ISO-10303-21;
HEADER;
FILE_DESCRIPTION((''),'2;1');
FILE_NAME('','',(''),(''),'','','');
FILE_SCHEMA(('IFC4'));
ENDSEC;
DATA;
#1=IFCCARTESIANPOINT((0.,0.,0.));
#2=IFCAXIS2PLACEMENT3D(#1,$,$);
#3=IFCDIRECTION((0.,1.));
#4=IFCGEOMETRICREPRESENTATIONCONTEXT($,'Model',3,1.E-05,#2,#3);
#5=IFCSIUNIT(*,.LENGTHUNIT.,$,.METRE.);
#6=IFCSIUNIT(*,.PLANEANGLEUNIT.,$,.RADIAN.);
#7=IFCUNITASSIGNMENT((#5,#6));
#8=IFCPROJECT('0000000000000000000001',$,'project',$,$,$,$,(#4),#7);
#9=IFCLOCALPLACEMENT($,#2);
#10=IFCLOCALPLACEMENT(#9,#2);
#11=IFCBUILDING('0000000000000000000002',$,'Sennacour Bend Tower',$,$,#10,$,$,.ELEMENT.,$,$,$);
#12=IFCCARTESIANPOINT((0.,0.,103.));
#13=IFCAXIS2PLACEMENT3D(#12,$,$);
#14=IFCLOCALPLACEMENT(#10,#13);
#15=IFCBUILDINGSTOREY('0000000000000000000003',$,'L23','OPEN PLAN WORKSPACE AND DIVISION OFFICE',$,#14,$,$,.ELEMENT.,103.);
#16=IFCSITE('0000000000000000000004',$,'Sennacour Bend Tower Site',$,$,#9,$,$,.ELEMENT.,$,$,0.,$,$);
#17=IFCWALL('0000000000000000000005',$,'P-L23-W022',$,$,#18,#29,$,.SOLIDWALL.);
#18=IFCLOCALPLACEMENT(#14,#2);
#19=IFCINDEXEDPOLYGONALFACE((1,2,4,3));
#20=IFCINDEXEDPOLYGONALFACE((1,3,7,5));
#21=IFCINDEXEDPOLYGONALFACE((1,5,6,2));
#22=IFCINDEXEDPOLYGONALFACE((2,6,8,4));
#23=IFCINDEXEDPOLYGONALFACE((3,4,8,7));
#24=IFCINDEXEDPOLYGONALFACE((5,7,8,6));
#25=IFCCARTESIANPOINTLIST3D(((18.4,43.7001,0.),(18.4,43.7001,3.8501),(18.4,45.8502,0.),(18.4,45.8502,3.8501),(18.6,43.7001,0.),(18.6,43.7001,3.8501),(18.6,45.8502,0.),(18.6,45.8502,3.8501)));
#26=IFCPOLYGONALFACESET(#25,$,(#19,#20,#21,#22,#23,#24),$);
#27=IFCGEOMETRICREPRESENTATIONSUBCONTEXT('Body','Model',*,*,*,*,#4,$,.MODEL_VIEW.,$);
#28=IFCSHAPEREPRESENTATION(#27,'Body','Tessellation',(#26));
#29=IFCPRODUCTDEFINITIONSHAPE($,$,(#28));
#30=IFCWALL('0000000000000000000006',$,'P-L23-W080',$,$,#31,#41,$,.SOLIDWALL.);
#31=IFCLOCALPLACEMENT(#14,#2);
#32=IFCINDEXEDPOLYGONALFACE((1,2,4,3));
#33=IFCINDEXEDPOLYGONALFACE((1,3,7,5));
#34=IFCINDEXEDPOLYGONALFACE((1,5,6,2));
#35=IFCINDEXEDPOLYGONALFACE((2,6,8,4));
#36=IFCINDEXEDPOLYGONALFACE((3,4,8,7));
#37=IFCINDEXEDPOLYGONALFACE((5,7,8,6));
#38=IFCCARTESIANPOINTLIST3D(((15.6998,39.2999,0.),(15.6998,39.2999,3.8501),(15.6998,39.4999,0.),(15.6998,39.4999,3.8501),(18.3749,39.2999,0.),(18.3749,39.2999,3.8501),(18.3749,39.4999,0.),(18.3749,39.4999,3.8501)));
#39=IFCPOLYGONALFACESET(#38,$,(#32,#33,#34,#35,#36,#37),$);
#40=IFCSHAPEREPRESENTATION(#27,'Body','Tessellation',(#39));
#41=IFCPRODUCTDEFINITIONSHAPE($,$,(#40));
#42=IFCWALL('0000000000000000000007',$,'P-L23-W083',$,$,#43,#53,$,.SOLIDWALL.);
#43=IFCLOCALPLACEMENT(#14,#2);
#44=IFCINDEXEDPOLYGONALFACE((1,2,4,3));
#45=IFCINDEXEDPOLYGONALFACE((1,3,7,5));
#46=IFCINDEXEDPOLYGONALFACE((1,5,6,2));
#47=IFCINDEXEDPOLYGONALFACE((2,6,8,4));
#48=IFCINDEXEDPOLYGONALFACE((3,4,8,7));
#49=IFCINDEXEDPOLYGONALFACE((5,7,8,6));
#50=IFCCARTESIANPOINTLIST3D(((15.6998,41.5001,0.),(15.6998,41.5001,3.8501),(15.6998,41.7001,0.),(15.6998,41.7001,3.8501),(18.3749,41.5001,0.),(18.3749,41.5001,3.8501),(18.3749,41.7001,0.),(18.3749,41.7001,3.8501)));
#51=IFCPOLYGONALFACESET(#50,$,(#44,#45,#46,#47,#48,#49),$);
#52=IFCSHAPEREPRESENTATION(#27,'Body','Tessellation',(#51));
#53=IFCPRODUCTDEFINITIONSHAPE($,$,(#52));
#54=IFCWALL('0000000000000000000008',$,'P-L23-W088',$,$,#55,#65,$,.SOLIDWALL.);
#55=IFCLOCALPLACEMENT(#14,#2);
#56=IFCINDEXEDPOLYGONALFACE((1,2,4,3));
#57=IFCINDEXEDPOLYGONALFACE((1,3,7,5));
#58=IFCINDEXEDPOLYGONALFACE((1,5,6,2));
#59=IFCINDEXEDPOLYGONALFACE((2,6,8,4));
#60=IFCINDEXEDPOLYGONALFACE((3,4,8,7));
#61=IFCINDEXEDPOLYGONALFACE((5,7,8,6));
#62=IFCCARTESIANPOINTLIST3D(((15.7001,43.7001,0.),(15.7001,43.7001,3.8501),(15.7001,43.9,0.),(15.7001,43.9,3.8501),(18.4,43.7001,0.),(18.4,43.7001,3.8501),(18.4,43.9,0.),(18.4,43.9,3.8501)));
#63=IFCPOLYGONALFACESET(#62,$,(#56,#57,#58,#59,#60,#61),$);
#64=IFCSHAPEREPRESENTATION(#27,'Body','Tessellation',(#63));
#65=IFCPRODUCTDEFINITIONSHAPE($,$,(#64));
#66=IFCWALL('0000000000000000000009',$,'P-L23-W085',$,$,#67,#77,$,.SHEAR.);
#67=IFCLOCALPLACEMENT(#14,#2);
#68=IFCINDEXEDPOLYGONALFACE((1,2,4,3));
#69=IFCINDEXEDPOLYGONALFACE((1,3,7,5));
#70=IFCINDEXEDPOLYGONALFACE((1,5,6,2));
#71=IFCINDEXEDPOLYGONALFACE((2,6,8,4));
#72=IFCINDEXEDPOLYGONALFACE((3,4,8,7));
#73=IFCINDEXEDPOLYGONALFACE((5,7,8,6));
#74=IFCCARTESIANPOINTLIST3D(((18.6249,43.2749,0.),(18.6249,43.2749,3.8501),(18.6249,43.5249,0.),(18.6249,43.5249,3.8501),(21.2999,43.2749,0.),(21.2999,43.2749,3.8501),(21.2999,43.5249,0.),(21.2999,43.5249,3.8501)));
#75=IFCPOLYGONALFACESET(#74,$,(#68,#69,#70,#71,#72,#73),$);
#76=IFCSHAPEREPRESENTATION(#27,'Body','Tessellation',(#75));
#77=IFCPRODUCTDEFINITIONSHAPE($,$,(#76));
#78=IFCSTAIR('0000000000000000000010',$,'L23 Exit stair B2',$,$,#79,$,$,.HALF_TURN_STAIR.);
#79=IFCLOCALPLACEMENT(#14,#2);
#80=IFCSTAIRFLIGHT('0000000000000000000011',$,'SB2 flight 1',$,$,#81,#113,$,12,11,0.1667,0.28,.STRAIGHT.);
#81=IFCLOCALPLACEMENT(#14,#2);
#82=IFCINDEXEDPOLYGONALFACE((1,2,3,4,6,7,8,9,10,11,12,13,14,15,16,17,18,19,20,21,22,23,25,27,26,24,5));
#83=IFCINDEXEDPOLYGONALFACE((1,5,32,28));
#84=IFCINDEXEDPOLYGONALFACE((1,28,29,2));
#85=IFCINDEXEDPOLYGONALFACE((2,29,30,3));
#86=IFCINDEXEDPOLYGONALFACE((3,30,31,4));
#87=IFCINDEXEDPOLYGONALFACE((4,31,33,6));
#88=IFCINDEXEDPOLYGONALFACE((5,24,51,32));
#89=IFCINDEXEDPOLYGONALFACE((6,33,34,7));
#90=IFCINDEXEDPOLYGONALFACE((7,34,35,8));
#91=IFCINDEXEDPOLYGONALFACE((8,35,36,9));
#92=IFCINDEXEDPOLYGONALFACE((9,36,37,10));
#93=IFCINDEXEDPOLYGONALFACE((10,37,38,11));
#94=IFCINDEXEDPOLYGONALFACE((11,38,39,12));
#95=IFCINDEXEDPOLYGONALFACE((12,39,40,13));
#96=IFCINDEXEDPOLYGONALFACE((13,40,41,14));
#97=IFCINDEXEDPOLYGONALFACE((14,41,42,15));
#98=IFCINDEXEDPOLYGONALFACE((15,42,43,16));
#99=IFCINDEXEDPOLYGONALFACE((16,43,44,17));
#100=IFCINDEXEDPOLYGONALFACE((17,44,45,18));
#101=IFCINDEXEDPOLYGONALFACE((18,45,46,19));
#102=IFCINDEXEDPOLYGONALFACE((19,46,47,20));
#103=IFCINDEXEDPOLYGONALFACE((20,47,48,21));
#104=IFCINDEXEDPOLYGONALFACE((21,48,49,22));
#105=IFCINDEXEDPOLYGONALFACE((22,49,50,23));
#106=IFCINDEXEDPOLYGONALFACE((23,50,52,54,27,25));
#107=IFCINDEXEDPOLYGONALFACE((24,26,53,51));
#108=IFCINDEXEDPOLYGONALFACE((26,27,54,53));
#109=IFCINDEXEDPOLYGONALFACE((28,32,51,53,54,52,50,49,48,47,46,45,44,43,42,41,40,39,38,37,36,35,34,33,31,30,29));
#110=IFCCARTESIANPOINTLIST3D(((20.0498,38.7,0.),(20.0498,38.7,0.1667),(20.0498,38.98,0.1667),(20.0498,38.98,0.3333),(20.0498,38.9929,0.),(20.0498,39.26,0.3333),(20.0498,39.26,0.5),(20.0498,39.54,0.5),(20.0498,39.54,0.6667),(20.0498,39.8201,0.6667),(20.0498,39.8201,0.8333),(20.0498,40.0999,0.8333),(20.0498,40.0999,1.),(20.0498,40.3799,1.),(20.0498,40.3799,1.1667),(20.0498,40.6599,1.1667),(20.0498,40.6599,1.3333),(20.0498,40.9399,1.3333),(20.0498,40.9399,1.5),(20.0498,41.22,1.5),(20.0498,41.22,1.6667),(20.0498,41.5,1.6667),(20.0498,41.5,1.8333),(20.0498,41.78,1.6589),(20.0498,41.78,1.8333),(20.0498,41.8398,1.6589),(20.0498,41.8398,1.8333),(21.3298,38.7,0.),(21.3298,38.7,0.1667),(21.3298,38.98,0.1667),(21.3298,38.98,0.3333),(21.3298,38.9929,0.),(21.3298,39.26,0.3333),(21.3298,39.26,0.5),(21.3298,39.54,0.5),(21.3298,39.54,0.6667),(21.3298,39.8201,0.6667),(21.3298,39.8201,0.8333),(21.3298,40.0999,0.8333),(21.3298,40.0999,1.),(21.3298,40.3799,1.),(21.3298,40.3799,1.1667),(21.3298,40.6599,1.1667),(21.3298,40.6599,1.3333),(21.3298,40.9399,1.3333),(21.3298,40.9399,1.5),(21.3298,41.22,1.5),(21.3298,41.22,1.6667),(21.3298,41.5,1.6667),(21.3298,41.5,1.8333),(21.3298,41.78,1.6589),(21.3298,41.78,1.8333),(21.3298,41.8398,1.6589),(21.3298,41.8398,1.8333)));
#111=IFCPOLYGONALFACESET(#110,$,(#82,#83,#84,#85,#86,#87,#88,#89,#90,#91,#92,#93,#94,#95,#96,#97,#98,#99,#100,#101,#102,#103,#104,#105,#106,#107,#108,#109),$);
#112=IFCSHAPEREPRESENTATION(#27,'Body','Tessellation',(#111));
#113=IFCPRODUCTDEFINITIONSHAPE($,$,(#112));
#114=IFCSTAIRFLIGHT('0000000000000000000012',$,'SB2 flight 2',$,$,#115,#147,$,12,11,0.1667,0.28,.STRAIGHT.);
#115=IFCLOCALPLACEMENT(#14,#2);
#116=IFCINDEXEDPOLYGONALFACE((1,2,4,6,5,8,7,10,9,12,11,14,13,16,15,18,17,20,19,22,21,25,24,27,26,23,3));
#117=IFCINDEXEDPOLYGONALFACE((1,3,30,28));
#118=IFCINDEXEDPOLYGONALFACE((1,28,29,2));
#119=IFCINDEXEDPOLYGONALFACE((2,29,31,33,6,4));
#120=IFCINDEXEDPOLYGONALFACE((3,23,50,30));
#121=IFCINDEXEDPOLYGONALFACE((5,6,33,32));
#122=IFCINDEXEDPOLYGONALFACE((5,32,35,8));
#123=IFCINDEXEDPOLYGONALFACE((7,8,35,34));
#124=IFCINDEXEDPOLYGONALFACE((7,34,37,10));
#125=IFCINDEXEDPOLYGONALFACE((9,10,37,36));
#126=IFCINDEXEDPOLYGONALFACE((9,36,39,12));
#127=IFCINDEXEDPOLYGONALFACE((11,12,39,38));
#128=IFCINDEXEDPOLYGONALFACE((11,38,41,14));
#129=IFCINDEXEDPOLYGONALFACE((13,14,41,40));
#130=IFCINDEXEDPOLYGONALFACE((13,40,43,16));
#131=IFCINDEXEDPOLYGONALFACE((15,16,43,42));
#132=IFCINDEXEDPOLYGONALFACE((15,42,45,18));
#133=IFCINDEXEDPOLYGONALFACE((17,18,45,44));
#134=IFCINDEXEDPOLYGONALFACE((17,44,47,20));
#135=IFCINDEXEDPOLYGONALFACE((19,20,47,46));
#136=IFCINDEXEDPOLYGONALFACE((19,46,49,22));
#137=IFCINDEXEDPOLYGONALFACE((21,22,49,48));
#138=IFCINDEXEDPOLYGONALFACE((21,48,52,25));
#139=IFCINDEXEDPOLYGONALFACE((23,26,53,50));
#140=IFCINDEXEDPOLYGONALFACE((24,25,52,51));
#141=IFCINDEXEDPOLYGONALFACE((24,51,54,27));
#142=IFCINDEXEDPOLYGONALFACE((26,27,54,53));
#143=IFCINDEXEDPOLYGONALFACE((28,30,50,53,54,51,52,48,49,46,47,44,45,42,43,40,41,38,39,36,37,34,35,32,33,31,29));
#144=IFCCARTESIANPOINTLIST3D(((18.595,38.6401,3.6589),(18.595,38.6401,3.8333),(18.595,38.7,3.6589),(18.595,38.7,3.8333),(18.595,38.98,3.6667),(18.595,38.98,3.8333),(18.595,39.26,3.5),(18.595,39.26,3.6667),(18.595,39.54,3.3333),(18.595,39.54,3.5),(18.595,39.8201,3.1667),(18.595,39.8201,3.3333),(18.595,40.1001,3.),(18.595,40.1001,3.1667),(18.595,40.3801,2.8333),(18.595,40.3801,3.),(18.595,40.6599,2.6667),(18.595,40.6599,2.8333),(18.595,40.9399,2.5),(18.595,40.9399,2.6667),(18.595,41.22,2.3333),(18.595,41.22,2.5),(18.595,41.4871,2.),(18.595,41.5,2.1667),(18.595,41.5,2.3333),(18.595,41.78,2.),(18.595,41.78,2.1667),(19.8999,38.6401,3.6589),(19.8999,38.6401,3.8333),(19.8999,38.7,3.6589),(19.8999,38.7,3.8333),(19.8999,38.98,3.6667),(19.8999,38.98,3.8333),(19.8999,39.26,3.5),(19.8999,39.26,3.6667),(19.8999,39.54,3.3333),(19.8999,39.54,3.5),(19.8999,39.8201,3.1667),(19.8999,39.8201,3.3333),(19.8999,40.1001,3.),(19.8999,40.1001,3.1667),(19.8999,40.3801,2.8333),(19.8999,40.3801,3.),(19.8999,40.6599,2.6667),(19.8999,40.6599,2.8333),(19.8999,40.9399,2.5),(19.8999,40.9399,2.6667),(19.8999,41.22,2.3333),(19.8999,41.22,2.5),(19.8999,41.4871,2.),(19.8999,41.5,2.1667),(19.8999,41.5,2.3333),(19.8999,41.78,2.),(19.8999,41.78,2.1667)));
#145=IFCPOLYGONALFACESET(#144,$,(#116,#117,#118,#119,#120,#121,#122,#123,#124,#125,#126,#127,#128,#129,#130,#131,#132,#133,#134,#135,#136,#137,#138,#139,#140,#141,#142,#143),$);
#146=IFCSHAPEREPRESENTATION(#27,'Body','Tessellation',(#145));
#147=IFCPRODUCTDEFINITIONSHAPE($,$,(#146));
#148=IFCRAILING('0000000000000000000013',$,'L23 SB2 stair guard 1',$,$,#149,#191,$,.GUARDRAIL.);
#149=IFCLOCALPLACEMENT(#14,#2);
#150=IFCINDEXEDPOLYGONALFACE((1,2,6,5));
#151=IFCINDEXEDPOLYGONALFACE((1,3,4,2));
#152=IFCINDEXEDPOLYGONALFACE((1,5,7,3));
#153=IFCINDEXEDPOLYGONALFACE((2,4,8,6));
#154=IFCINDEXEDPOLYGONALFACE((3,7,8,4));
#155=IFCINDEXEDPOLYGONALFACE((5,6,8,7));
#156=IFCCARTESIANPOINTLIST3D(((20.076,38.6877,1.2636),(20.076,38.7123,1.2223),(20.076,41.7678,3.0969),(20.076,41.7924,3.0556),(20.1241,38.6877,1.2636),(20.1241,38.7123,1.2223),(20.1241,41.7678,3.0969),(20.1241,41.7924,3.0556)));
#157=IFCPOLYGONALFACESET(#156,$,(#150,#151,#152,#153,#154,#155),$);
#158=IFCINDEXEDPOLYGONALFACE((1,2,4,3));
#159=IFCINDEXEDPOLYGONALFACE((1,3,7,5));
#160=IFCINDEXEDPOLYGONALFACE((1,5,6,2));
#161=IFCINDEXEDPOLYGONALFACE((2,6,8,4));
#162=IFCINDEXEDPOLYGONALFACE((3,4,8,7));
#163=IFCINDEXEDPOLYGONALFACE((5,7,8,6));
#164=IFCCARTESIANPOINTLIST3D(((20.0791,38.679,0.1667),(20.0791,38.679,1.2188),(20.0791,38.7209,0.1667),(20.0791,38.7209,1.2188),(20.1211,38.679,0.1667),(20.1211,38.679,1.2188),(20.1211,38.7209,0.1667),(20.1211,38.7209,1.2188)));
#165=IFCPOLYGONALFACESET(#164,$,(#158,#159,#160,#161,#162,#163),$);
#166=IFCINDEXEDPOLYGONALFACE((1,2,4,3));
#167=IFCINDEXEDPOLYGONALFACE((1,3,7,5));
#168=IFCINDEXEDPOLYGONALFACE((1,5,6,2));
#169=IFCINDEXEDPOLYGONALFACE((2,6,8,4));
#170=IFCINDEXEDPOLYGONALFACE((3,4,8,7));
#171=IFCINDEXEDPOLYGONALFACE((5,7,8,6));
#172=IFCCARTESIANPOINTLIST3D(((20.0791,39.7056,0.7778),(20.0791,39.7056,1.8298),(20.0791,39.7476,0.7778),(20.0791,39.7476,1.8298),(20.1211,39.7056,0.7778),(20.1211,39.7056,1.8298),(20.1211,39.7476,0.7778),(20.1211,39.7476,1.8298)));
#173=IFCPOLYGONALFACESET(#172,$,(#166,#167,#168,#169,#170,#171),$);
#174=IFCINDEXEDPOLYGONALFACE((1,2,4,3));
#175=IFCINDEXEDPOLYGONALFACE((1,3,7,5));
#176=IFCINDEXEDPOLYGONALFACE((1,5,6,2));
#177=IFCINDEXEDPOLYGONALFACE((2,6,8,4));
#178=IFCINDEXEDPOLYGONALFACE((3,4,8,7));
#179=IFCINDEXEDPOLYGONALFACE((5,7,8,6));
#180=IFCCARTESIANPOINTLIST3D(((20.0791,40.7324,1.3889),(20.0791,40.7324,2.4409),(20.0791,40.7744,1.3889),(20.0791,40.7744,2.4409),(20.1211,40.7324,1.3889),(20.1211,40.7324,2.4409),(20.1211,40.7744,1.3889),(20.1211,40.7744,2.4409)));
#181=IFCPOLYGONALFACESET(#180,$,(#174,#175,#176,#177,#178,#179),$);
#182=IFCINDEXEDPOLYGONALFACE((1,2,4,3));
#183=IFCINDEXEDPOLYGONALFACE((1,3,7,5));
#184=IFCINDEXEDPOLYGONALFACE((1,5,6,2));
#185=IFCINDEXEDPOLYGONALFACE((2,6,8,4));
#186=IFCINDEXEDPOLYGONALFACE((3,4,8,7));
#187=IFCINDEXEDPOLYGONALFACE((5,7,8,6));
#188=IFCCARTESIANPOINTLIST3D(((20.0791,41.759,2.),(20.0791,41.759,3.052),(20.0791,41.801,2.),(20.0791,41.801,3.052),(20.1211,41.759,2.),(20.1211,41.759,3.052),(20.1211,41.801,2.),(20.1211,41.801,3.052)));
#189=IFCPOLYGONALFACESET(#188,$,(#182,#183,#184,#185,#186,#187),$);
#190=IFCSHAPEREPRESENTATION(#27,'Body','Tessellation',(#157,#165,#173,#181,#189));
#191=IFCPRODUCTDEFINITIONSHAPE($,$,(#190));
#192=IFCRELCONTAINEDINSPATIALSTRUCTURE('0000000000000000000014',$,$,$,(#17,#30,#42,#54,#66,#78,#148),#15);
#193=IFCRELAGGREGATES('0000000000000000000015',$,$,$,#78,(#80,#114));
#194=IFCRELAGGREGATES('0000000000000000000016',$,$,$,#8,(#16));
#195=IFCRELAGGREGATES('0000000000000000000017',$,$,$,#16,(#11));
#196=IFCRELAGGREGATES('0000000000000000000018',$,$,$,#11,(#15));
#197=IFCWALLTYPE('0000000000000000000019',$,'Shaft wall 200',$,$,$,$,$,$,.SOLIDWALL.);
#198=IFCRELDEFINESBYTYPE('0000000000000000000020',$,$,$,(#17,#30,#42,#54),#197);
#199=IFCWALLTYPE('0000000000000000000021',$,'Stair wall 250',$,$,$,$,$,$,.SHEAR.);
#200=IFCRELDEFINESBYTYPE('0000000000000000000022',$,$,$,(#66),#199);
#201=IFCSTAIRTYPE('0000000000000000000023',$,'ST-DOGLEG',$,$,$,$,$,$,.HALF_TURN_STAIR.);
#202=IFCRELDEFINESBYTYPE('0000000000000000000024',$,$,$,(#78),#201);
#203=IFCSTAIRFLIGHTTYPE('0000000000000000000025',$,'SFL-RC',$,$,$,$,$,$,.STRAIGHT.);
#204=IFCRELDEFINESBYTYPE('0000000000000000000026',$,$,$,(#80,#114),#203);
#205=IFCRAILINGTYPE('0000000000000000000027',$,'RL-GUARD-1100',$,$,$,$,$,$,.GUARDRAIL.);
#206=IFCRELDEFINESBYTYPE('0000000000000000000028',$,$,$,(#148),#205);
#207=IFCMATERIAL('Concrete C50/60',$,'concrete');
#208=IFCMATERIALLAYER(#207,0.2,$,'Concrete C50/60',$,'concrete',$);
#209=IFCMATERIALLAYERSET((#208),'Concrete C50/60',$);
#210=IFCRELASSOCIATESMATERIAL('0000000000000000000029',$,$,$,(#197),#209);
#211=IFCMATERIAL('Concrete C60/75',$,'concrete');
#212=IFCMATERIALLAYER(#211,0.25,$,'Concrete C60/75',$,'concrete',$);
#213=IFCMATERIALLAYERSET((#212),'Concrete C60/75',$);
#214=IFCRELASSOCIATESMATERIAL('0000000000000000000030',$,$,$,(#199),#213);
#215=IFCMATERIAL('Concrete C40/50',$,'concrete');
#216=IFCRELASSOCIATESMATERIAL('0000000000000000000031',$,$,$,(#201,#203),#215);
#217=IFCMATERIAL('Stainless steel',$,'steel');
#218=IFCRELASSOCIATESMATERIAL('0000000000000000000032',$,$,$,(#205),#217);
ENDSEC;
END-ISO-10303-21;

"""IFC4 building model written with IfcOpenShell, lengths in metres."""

from ifc_helpers import new_model, si_unit, direction, frame, frame_2d, origin, origin_2d, place, context, subcontext, project, spatial, polyline, rectangle, outline, extrude, material, layer, layer_set, type_object, element, aggregate, save


model = new_model("IFC4")

# Units and contexts
model_context = context("Model", 3, precision=1e-05, world=origin(), true_north=direction((0.0, 1.0)))
body_context = subcontext(model_context, "Body", "Model", "MODEL_VIEW")
ifc_project = project(units=[si_unit("LENGTHUNIT", "METRE"), si_unit("PLANEANGLEUNIT", "RADIAN")], contexts=[model_context])

# Site, building, storey
site_placement = place(None, origin())
site = spatial("IfcSite", under=ifc_project, at=site_placement, Name="Sennacour Bend Tower Site", CompositionType="ELEMENT", RefElevation=0.0)
building_placement = place(site_placement, origin())
building = spatial("IfcBuilding", under=site, at=building_placement, Name="Sennacour Bend Tower", CompositionType="ELEMENT")
storey_placement = place(building_placement, frame((0.0, 0.0, 103.0)))
storey = spatial("IfcBuildingStorey", under=building, at=storey_placement, Name="L23", Description="OPEN PLAN WORKSPACE AND DIVISION OFFICE", CompositionType="ELEMENT", Elevation=103.0)

# Shared definitions
ifc_material_1 = material(Name="Concrete C50/60", Category="concrete")
ifc_layer_1 = layer(ifc_material_1, 0.2, Name="Concrete C50/60", Category="concrete")
ifc_layer_set_1 = layer_set([ifc_layer_1], Name="Concrete C50/60")
wall_type_1 = type_object("IfcWallType", Name="Shaft wall 200", PredefinedType="SOLIDWALL", material=ifc_layer_set_1)
ifc_material_2 = material(Name="Stainless steel", Category="steel")

# Walls
wall_1_placement = place(storey_placement, frame((18.5, 43.7, 0.0), z_axis=(0.0, 0.0, 1.0), x_axis=(0.0, 1.0, 0.0)))
element("IfcWall", 1, at=wall_1_placement, inside=storey, type_object=wall_type_1, Name="P-L23-W022", PredefinedType="SOLIDWALL", context=body_context, shape_type="SweptSolid", body=[
    extrude(rectangle(XDim=2.1501, YDim=0.2, at=frame_2d((1.0752, 0.0))), origin(), (0.0, 0.0, 1.0), 3.8501),
])
for number, where, z_axis, x_axis, name in (
    (2, (15.7, 39.3999, 0.0), (0.0, 0.0, 1.0), (1.0, 0.0, 0.0), "P-L23-W080"),
    (3, (15.7, 41.6001, 0.0), (0.0, 0.0, 1.0), (1.0, 0.0, 0.0), "P-L23-W083"),
):
    element("IfcWall", number, at=place(storey_placement, frame(where, z_axis=z_axis, x_axis=x_axis)), inside=storey, type_object=wall_type_1, Name=name, PredefinedType="SOLIDWALL", context=body_context, shape_type="SweptSolid", body=[
        extrude(rectangle(XDim=2.675, YDim=0.2, at=frame_2d((1.3374, 0.0))), origin(), (0.0, 0.0, 1.0), 3.8501),
    ])
wall_2_placement = place(storey_placement, frame((15.7, 43.8, 0.0), z_axis=(0.0, 0.0, 1.0), x_axis=(1.0, 0.0, 0.0)))
element("IfcWall", 4, at=wall_2_placement, inside=storey, type_object=wall_type_1, Name="P-L23-W088", PredefinedType="SOLIDWALL", context=body_context, shape_type="SweptSolid", body=[
    extrude(rectangle(XDim=2.7, YDim=0.2, at=frame_2d((1.3501, 0.0))), origin(), (0.0, 0.0, 1.0), 3.8501),
])
ifc_material_3 = material(Name="Concrete C60/75", Category="concrete")
ifc_layer_2 = layer(ifc_material_3, 0.25, Name="Concrete C60/75", Category="concrete")
ifc_layer_set_2 = layer_set([ifc_layer_2], Name="Concrete C60/75")
wall_type_2 = type_object("IfcWallType", Name="Stair wall 250", PredefinedType="SHEAR", material=ifc_layer_set_2)
wall_3_placement = place(storey_placement, frame((18.625, 43.3999, 0.0), z_axis=(0.0, 0.0, 1.0), x_axis=(1.0, 0.0, 0.0)))
element("IfcWall", 5, at=wall_3_placement, inside=storey, type_object=wall_type_2, Name="P-L23-W085", PredefinedType="SHEAR", context=body_context, shape_type="SweptSolid", body=[
    extrude(rectangle(XDim=2.675, YDim=0.25, at=frame_2d((1.3374, 0.0))), origin(), (0.0, 0.0, 1.0), 3.8501),
])

# Stair, stair flights
ifc_material_4 = material(Name="Concrete C40/50", Category="concrete")
stair_type = type_object("IfcStairType", Name="ST-DOGLEG", PredefinedType="HALF_TURN_STAIR", material=ifc_material_4)
stair_placement = place(storey_placement, origin())
stair = element("IfcStair", 6, at=stair_placement, inside=storey, type_object=stair_type, Name="L23 Exit stair B2", PredefinedType="HALF_TURN_STAIR")
stair_flight_type = type_object("IfcStairFlightType", Name="SFL-RC", PredefinedType="STRAIGHT", material=ifc_material_4)
stair_flight_1_placement = place(storey_placement, frame((20.6899, 38.7, 0.0), z_axis=(0.0, 0.0, 1.0), x_axis=(0.0, 1.0, 0.0)))
stair_flight_1 = element("IfcStairFlight", 7, at=stair_flight_1_placement, type_object=stair_flight_type, Name="SB2 flight 1", NumberOfRisers=12, NumberOfTreads=11, PredefinedType="STRAIGHT", RiserHeight=0.1667, TreadLength=0.28, context=body_context, shape_type="SweptSolid", body=[
    extrude(outline(polyline([(0.0, 0.0), (0.0, 0.1667), (0.28, 0.1667), (0.28, 0.3333), (0.5601, 0.3333), (0.5601, 0.5), (0.8401, 0.5), (0.8401, 0.6667), (1.1201, 0.6667), (1.1201, 0.8333), (1.3999, 0.8333), (1.3999, 1.0), (1.6799, 1.0), (1.6799, 1.1667), (1.96, 1.1667), (1.96, 1.3333), (2.24, 1.3333), (2.24, 1.5), (2.52, 1.5), (2.52, 1.6667), (2.8, 1.6667), (2.8, 1.8333), (3.0801, 1.8333), (3.1399, 1.8333), (3.1399, 1.6589), (3.0801, 1.6589), (0.293, 0.0), (0.0, 0.0)])), frame((0.0, 0.6401, 0.0), z_axis=(0.0, -1.0, 0.0), x_axis=(1.0, 0.0, 0.0)), (0.0, 0.0, 1.0), 1.28),
])
stair_flight_2_placement = place(storey_placement, frame((19.2476, 41.78, 2.0), z_axis=(0.0, 0.0, 1.0), x_axis=(0.0, -1.0, 0.0)))
stair_flight_2 = element("IfcStairFlight", 8, at=stair_flight_2_placement, type_object=stair_flight_type, Name="SB2 flight 2", NumberOfRisers=12, NumberOfTreads=11, PredefinedType="STRAIGHT", RiserHeight=0.1667, TreadLength=0.28, context=body_context, shape_type="SweptSolid", body=[
    extrude(outline(polyline([(0.0, 0.0), (0.0, 0.1667), (0.28, 0.1667), (0.28, 0.3333), (0.5601, 0.3333), (0.5601, 0.5), (0.8401, 0.5), (0.8401, 0.6667), (1.1201, 0.6667), (1.1201, 0.8333), (1.3999, 0.8333), (1.3999, 1.0), (1.6799, 1.0), (1.6799, 1.1667), (1.96, 1.1667), (1.96, 1.3333), (2.24, 1.3333), (2.24, 1.5), (2.52, 1.5), (2.52, 1.6667), (2.8, 1.6667), (2.8, 1.8333), (3.0801, 1.8333), (3.1399, 1.8333), (3.1399, 1.6589), (3.0801, 1.6589), (0.293, 0.0), (0.0, 0.0)])), frame((0.0, 0.6523, 0.0), z_axis=(0.0, -1.0, 0.0), x_axis=(1.0, 0.0, 0.0)), (0.0, 0.0, 1.0), 1.3049),
])
aggregate(stair, [stair_flight_1, stair_flight_2])

# Railing
railing_type_1 = type_object("IfcRailingType", Name="RL-GUARD-1100", PredefinedType="GUARDRAIL", material=ifc_material_2)
railing_1_placement = place(storey_placement, frame((20.1001, 38.7, 0.1667)))
element("IfcRailing", 9, at=railing_1_placement, inside=storey, type_object=railing_type_1, Name="L23 SB2 stair guard 1", PredefinedType="GUARDRAIL", context=body_context, shape_type="SweptSolid", body=[
    extrude(rectangle(XDim=0.0481, YDim=0.0481, at=origin_2d()), frame((0.0, 0.0, 1.0762), z_axis=(0.0, 0.859309, 0.511458), x_axis=(-1.0, 0.0, 0.0)), (0.0, 0.0, 1.0), 3.5845),
    extrude(rectangle(XDim=0.042, YDim=0.042, at=origin_2d()), origin(), (0.0, 0.0, 1.0), 1.052),
    extrude(rectangle(XDim=0.042, YDim=0.042, at=origin_2d()), frame((0.0, 1.0266, 0.6111)), (0.0, 0.0, 1.0), 1.052),
    extrude(rectangle(XDim=0.042, YDim=0.042, at=origin_2d()), frame((0.0, 2.0535, 1.2222)), (0.0, 0.0, 1.0), 1.052),
    extrude(rectangle(XDim=0.042, YDim=0.042, at=origin_2d()), frame((0.0, 3.0801, 1.8333)), (0.0, 0.0, 1.0), 1.052),
])

save(model, "model.ifc")
